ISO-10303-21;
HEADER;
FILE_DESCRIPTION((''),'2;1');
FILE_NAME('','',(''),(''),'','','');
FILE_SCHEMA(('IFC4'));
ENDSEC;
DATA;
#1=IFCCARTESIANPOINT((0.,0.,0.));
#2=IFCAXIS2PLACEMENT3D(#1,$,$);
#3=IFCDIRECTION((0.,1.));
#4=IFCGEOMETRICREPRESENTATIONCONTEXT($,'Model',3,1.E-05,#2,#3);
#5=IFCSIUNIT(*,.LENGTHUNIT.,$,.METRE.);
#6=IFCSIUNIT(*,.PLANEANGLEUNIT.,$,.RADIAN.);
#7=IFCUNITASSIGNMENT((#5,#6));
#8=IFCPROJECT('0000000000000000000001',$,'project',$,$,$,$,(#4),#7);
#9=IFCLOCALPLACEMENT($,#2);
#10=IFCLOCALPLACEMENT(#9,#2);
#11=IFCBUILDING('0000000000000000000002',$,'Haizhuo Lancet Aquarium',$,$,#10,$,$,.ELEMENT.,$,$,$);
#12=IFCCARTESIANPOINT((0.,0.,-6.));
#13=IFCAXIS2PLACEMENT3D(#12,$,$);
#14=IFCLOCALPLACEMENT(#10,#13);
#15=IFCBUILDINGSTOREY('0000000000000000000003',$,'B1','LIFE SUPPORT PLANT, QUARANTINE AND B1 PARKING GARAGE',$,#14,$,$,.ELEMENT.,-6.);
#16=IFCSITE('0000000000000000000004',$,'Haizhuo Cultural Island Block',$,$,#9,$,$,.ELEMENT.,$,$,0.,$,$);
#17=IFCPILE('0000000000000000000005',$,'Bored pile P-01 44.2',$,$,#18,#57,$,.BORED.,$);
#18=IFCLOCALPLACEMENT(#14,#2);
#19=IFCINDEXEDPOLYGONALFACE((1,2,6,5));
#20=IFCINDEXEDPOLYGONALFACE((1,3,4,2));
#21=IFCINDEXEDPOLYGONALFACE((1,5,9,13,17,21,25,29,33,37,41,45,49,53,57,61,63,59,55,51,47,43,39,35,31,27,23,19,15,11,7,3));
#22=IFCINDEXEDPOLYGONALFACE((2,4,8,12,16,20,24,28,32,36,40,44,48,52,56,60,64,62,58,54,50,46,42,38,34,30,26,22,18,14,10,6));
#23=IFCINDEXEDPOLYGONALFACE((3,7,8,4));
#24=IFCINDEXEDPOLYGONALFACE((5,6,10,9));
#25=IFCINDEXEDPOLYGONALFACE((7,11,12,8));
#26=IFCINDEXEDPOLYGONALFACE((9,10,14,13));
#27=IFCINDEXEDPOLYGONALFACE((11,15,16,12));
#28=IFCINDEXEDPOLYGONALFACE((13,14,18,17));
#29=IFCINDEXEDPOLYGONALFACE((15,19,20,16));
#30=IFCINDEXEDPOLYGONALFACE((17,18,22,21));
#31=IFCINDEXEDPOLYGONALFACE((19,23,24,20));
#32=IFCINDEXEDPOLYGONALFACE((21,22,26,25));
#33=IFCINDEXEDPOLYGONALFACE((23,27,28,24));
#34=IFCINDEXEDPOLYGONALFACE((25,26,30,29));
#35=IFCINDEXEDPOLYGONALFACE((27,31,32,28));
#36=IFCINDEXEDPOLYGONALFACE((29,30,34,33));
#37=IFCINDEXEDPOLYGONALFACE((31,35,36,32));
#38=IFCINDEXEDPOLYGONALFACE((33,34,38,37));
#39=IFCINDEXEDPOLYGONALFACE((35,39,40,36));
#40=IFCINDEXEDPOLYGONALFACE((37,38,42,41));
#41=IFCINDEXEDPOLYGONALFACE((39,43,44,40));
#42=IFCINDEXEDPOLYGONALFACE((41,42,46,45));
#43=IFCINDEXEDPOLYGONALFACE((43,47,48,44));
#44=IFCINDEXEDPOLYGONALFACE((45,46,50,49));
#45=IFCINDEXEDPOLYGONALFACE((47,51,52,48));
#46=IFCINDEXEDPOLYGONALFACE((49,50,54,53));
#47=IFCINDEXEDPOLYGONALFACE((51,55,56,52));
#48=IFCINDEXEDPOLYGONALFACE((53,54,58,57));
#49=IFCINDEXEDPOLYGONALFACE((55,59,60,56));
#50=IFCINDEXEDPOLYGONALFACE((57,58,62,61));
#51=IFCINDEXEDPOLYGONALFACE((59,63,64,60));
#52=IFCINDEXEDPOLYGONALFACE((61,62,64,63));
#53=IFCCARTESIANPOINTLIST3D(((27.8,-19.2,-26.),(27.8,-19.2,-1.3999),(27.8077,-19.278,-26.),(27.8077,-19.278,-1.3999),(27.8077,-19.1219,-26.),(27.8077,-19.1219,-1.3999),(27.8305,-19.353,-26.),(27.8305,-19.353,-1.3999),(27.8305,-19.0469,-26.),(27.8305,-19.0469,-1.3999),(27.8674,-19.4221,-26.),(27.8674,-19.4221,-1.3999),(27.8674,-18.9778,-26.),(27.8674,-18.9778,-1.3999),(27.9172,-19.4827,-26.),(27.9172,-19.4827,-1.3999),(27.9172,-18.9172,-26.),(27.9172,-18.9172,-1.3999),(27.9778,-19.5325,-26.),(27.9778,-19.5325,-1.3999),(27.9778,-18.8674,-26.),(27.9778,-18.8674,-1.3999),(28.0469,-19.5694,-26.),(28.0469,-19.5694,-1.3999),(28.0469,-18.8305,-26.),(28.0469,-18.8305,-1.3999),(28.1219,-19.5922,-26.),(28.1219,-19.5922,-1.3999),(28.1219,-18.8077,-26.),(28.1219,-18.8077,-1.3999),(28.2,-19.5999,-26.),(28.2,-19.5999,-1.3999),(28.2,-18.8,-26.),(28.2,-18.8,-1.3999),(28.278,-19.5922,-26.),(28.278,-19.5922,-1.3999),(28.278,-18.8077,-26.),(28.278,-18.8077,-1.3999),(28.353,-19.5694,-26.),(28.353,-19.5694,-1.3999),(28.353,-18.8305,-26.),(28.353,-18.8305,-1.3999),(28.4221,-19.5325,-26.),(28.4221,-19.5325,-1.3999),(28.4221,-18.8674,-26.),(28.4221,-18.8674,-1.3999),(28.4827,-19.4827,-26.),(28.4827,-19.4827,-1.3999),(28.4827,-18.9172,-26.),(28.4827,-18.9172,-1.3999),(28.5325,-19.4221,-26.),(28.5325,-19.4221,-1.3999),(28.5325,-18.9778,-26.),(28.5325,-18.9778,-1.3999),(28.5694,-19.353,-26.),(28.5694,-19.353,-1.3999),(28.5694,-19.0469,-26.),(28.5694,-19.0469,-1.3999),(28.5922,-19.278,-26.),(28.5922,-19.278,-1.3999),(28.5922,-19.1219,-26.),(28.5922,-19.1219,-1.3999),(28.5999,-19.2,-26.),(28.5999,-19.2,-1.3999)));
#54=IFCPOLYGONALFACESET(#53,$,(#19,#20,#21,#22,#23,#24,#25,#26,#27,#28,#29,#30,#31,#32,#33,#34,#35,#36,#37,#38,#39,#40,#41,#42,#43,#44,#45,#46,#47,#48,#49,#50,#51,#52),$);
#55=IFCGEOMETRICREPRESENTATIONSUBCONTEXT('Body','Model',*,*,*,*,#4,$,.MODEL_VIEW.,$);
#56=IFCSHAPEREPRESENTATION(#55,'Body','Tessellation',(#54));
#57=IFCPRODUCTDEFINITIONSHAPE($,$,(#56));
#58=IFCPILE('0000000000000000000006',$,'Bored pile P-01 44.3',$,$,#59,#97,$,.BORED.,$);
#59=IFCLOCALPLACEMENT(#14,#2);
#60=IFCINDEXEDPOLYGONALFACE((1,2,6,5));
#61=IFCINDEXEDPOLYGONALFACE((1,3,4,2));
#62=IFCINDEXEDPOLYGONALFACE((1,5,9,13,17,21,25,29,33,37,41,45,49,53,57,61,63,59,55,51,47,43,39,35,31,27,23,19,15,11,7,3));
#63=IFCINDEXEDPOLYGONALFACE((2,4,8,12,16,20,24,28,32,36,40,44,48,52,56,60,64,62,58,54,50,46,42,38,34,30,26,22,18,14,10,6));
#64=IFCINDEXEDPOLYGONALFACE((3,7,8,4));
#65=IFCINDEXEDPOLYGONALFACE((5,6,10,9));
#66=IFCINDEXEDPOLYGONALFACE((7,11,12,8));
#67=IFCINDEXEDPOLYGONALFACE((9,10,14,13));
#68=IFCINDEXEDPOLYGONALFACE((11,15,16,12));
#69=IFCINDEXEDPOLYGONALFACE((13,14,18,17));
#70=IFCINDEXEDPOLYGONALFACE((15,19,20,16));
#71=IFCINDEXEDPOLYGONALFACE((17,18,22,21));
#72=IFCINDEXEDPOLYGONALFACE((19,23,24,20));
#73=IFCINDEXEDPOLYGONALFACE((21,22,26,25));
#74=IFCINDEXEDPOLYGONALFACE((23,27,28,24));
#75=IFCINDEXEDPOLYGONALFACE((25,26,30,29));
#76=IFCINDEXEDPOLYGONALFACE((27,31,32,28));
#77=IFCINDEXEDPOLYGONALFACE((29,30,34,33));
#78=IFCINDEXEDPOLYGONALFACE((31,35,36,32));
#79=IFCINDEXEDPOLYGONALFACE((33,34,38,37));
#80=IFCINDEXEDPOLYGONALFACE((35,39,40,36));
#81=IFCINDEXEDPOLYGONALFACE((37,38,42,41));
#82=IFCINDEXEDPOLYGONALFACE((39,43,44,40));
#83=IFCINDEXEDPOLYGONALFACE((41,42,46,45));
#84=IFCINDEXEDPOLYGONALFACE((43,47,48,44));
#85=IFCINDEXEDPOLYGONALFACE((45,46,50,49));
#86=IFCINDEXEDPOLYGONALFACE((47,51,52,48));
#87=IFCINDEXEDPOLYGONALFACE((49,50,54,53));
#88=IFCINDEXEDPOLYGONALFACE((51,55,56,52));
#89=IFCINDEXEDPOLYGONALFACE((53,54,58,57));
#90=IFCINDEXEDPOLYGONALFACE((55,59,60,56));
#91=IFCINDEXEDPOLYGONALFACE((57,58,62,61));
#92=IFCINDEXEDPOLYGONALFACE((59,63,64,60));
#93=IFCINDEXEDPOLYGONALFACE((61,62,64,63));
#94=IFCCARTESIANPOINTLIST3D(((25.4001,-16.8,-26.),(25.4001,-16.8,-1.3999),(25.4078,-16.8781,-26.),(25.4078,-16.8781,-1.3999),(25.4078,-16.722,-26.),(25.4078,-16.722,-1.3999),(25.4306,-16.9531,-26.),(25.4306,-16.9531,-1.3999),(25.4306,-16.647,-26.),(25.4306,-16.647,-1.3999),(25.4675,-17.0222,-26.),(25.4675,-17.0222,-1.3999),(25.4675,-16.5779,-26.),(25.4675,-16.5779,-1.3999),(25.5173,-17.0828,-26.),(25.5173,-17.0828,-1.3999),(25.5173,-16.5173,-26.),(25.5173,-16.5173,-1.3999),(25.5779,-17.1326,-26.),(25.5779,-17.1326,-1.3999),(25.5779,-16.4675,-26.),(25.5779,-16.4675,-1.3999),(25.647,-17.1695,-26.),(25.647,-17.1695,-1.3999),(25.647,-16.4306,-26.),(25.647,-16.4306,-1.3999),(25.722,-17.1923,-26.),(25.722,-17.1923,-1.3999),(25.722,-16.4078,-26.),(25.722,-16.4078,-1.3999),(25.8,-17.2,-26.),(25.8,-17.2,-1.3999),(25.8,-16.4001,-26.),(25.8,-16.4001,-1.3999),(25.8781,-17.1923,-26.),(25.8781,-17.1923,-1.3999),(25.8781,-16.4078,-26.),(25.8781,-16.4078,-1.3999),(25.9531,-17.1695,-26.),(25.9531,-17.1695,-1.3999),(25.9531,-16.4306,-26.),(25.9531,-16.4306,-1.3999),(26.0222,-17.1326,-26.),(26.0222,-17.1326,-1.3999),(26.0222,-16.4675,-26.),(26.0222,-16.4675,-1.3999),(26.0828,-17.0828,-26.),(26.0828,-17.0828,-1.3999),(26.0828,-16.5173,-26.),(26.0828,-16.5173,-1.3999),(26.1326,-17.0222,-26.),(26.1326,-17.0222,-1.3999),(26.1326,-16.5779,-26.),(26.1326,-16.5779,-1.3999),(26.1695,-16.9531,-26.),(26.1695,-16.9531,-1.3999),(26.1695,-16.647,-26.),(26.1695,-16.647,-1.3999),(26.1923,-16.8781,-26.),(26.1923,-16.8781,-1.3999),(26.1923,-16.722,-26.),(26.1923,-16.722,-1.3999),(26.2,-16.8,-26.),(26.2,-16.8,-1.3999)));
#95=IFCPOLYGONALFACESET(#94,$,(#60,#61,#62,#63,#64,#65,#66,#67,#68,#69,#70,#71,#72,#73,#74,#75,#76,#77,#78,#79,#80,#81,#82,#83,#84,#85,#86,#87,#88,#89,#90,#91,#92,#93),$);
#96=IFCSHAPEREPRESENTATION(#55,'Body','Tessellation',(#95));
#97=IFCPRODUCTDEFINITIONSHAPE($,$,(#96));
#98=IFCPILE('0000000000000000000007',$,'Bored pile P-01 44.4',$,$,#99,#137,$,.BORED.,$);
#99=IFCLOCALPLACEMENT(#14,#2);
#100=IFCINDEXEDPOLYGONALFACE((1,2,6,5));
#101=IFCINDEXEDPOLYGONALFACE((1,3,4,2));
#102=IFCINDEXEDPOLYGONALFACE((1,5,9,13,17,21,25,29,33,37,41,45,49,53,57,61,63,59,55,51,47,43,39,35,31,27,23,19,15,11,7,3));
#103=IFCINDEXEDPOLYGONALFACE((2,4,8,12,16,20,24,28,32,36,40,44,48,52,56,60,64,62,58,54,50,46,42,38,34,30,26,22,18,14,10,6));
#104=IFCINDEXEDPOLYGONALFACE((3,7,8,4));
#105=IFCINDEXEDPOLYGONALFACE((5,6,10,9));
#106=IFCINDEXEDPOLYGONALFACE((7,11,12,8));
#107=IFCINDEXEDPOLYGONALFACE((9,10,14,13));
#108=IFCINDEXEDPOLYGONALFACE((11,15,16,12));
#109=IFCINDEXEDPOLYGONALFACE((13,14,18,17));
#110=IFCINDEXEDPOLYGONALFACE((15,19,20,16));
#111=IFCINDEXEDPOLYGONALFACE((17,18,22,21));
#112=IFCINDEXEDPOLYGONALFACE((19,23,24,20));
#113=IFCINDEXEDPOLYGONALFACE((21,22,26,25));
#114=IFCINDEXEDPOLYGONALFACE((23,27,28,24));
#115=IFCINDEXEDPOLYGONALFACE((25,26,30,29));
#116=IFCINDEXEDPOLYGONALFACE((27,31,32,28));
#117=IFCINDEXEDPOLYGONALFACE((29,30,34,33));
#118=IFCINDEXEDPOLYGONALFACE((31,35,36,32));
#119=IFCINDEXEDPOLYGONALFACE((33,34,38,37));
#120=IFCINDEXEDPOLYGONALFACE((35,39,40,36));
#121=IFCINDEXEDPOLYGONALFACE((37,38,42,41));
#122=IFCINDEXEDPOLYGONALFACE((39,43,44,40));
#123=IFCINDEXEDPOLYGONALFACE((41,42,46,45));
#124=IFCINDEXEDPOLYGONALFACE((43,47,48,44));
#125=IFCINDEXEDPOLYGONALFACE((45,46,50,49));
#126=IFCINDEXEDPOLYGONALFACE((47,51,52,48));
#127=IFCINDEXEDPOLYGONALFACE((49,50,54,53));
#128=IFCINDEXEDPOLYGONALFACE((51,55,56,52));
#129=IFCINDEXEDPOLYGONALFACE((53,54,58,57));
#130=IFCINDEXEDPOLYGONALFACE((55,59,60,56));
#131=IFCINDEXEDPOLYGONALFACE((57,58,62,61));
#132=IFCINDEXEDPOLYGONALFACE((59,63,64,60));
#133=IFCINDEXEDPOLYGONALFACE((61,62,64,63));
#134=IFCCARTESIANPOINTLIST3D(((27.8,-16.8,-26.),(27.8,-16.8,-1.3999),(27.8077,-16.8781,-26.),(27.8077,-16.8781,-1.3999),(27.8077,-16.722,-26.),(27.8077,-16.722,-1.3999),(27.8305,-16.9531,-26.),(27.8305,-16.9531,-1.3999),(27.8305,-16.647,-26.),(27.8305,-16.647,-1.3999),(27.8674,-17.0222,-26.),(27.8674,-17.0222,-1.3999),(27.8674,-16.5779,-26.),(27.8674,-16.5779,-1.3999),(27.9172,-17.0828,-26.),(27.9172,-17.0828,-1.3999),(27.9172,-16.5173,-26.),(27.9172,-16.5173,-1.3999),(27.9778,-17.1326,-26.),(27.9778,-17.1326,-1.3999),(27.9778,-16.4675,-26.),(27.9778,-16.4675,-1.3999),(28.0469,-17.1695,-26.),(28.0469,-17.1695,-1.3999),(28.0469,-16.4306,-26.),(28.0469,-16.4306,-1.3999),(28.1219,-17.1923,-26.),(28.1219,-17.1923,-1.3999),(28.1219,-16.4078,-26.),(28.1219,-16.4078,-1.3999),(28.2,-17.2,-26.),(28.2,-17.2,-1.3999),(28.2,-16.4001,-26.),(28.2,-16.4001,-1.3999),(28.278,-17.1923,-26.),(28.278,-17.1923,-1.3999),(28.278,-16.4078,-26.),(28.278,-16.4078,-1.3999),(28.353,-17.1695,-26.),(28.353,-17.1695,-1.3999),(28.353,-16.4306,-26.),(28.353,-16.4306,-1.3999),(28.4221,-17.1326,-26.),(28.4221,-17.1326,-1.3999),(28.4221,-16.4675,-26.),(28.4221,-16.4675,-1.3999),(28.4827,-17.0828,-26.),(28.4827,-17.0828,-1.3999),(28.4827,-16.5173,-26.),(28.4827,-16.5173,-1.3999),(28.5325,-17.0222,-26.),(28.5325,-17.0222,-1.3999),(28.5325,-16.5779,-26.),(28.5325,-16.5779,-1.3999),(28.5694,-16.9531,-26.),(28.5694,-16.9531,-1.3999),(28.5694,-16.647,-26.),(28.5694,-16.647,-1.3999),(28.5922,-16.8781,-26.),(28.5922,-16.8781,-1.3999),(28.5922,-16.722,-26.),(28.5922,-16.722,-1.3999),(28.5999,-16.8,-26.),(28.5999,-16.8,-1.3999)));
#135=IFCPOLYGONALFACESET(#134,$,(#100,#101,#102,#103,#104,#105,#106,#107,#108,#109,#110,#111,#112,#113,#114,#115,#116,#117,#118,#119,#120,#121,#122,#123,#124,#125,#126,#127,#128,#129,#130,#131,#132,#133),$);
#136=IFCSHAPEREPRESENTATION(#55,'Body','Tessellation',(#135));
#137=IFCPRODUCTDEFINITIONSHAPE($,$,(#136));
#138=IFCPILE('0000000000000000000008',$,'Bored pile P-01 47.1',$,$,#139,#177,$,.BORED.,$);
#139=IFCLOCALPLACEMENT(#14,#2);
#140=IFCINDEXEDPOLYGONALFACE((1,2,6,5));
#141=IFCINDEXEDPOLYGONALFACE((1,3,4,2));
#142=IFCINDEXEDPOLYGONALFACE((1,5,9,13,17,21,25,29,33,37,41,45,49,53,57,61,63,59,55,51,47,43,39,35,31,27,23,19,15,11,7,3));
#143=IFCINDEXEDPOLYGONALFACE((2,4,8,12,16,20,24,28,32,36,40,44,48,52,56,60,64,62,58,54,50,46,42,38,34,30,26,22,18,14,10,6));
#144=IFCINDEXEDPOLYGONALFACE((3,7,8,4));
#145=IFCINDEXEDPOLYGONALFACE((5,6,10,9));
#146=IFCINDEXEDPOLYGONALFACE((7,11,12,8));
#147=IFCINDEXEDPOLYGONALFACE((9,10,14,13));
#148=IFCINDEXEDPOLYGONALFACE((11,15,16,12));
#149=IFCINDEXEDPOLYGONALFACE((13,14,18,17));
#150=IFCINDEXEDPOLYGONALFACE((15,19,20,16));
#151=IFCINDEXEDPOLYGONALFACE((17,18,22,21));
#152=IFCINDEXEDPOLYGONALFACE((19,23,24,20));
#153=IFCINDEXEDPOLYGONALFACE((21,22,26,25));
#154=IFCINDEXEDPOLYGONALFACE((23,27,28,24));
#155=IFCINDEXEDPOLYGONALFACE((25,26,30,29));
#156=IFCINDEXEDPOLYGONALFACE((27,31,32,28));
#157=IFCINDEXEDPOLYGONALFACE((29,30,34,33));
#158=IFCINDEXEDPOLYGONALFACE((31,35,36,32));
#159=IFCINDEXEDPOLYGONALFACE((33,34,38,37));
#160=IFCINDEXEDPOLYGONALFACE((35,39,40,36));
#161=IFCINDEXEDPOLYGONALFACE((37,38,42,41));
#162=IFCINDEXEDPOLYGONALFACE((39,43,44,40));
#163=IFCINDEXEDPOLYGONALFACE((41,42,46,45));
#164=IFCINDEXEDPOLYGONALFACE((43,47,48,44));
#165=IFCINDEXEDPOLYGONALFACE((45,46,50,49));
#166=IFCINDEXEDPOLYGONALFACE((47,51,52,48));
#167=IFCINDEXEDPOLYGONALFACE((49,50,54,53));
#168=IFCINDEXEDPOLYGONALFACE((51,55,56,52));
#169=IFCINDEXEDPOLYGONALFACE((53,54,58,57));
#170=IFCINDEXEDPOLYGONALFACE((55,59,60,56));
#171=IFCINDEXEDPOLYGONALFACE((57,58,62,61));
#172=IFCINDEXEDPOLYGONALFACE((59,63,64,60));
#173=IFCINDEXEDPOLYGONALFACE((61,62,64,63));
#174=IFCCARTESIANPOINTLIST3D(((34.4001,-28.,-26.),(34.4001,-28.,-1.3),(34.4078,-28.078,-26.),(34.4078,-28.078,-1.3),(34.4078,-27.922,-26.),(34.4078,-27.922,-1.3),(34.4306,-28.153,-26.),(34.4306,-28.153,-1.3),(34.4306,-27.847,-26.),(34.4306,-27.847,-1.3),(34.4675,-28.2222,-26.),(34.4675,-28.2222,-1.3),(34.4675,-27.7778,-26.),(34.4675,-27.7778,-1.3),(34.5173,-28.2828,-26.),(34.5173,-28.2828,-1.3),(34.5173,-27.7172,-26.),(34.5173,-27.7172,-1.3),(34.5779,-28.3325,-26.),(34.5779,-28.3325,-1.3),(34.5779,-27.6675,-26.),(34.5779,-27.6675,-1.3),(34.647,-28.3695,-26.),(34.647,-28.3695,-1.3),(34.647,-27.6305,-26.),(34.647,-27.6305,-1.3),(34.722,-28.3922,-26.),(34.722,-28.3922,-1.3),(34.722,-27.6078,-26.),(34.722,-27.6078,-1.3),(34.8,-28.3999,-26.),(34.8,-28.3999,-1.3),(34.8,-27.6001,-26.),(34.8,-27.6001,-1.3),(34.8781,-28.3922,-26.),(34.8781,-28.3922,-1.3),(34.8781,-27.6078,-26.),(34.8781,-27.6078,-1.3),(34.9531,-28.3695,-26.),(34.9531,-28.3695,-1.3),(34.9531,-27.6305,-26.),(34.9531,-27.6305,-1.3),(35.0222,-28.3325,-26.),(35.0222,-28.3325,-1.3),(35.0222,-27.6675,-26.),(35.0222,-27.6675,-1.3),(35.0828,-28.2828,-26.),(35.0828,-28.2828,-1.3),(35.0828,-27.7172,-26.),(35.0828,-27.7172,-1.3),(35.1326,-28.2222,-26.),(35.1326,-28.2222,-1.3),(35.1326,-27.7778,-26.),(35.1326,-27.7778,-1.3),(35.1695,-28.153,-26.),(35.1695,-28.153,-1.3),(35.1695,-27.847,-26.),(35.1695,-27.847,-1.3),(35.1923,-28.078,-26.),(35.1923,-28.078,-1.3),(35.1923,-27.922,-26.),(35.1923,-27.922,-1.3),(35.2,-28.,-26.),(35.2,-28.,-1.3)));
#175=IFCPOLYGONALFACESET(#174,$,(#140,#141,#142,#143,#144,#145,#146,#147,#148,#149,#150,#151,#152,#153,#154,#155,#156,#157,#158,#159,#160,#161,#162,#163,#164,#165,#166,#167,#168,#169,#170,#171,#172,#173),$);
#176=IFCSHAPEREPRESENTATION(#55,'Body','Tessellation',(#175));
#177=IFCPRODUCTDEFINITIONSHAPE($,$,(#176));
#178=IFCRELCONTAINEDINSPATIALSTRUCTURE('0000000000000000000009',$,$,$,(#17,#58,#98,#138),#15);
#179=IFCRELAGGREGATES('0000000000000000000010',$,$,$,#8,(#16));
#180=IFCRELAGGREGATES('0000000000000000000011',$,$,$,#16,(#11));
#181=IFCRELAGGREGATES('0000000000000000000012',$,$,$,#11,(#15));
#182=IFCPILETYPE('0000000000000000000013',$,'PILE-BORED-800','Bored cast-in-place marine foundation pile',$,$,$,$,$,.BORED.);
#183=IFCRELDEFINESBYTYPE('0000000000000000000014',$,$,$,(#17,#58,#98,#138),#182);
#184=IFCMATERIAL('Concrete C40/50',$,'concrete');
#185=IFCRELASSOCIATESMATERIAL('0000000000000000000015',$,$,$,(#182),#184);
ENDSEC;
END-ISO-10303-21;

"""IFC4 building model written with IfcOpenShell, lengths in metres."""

from ifc_helpers import new_model, si_unit, direction, frame, origin, origin_2d, place, context, subcontext, project, spatial, circle, extrude, material, material_profile, profile_set, type_object, element, save


model = new_model("IFC4")

# Units and contexts
model_context = context("Model", 3, precision=1e-05, world=origin(), true_north=direction((0.0, 1.0)))
body_context = subcontext(model_context, "Body", "Model", "MODEL_VIEW")
ifc_project = project(units=[si_unit("LENGTHUNIT", "METRE"), si_unit("PLANEANGLEUNIT", "RADIAN")], contexts=[model_context])

# Site, building, storey
site_placement = place(None, origin())
site = spatial("IfcSite", under=ifc_project, at=site_placement, Name="Haizhuo Cultural Island Block", CompositionType="ELEMENT", RefElevation=0.0)
building_placement = place(site_placement, origin())
building = spatial("IfcBuilding", under=site, at=building_placement, Name="Haizhuo Lancet Aquarium", CompositionType="ELEMENT")
storey_placement = place(building_placement, frame((0.0, 0.0, -6.0)))
storey = spatial("IfcBuildingStorey", under=building, at=storey_placement, Name="B1", Description="LIFE SUPPORT PLANT, QUARANTINE AND B1 PARKING GARAGE", CompositionType="ELEMENT", Elevation=-6.0)

# Shared definitions
ifc_material_1 = material(Name="Concrete C40/50", Category="concrete")

# Piles
ifc_material_profile_1 = material_profile(ifc_material_1, circle(Radius=0.3999, at=origin_2d()), Name="PILE-800")
ifc_profile_set_1 = profile_set([ifc_material_profile_1], Name="Concrete C40/50")
pile_type = type_object("IfcPileType", Name="PILE-BORED-800", Description="Bored cast-in-place marine foundation pile", PredefinedType="BORED", material=ifc_profile_set_1)
for number, where, z_axis, x_axis, name in (
    (1, (28.2, -19.2, -1.3999), (0.0, 0.0, -1.0), (1.0, 0.0, 0.0), "Bored pile P-01 44.2"),
    (2, (25.8, -16.8, -1.3999), (0.0, 0.0, -1.0), (1.0, 0.0, 0.0), "Bored pile P-01 44.3"),
    (3, (28.2, -16.8, -1.3999), (0.0, 0.0, -1.0), (1.0, 0.0, 0.0), "Bored pile P-01 44.4"),
):
    element("IfcPile", number, at=place(storey_placement, frame(where, z_axis=z_axis, x_axis=x_axis)), inside=storey, type_object=pile_type, Name=name, PredefinedType="BORED", context=body_context, shape_type="SweptSolid", body=[
        extrude(circle(Radius=0.3999, at=origin_2d()), origin(), (0.0, 0.0, 1.0), 24.6001),
    ])
pile_1_placement = place(storey_placement, frame((34.8, -28.0, -1.3), z_axis=(0.0, 0.0, -1.0), x_axis=(1.0, 0.0, 0.0)))
element("IfcPile", 4, at=pile_1_placement, inside=storey, type_object=pile_type, Name="Bored pile P-01 47.1", PredefinedType="BORED", context=body_context, shape_type="SweptSolid", body=[
    extrude(circle(Radius=0.3999, at=origin_2d()), origin(), (0.0, 0.0, 1.0), 24.7),
])

save(model, "model.ifc")
